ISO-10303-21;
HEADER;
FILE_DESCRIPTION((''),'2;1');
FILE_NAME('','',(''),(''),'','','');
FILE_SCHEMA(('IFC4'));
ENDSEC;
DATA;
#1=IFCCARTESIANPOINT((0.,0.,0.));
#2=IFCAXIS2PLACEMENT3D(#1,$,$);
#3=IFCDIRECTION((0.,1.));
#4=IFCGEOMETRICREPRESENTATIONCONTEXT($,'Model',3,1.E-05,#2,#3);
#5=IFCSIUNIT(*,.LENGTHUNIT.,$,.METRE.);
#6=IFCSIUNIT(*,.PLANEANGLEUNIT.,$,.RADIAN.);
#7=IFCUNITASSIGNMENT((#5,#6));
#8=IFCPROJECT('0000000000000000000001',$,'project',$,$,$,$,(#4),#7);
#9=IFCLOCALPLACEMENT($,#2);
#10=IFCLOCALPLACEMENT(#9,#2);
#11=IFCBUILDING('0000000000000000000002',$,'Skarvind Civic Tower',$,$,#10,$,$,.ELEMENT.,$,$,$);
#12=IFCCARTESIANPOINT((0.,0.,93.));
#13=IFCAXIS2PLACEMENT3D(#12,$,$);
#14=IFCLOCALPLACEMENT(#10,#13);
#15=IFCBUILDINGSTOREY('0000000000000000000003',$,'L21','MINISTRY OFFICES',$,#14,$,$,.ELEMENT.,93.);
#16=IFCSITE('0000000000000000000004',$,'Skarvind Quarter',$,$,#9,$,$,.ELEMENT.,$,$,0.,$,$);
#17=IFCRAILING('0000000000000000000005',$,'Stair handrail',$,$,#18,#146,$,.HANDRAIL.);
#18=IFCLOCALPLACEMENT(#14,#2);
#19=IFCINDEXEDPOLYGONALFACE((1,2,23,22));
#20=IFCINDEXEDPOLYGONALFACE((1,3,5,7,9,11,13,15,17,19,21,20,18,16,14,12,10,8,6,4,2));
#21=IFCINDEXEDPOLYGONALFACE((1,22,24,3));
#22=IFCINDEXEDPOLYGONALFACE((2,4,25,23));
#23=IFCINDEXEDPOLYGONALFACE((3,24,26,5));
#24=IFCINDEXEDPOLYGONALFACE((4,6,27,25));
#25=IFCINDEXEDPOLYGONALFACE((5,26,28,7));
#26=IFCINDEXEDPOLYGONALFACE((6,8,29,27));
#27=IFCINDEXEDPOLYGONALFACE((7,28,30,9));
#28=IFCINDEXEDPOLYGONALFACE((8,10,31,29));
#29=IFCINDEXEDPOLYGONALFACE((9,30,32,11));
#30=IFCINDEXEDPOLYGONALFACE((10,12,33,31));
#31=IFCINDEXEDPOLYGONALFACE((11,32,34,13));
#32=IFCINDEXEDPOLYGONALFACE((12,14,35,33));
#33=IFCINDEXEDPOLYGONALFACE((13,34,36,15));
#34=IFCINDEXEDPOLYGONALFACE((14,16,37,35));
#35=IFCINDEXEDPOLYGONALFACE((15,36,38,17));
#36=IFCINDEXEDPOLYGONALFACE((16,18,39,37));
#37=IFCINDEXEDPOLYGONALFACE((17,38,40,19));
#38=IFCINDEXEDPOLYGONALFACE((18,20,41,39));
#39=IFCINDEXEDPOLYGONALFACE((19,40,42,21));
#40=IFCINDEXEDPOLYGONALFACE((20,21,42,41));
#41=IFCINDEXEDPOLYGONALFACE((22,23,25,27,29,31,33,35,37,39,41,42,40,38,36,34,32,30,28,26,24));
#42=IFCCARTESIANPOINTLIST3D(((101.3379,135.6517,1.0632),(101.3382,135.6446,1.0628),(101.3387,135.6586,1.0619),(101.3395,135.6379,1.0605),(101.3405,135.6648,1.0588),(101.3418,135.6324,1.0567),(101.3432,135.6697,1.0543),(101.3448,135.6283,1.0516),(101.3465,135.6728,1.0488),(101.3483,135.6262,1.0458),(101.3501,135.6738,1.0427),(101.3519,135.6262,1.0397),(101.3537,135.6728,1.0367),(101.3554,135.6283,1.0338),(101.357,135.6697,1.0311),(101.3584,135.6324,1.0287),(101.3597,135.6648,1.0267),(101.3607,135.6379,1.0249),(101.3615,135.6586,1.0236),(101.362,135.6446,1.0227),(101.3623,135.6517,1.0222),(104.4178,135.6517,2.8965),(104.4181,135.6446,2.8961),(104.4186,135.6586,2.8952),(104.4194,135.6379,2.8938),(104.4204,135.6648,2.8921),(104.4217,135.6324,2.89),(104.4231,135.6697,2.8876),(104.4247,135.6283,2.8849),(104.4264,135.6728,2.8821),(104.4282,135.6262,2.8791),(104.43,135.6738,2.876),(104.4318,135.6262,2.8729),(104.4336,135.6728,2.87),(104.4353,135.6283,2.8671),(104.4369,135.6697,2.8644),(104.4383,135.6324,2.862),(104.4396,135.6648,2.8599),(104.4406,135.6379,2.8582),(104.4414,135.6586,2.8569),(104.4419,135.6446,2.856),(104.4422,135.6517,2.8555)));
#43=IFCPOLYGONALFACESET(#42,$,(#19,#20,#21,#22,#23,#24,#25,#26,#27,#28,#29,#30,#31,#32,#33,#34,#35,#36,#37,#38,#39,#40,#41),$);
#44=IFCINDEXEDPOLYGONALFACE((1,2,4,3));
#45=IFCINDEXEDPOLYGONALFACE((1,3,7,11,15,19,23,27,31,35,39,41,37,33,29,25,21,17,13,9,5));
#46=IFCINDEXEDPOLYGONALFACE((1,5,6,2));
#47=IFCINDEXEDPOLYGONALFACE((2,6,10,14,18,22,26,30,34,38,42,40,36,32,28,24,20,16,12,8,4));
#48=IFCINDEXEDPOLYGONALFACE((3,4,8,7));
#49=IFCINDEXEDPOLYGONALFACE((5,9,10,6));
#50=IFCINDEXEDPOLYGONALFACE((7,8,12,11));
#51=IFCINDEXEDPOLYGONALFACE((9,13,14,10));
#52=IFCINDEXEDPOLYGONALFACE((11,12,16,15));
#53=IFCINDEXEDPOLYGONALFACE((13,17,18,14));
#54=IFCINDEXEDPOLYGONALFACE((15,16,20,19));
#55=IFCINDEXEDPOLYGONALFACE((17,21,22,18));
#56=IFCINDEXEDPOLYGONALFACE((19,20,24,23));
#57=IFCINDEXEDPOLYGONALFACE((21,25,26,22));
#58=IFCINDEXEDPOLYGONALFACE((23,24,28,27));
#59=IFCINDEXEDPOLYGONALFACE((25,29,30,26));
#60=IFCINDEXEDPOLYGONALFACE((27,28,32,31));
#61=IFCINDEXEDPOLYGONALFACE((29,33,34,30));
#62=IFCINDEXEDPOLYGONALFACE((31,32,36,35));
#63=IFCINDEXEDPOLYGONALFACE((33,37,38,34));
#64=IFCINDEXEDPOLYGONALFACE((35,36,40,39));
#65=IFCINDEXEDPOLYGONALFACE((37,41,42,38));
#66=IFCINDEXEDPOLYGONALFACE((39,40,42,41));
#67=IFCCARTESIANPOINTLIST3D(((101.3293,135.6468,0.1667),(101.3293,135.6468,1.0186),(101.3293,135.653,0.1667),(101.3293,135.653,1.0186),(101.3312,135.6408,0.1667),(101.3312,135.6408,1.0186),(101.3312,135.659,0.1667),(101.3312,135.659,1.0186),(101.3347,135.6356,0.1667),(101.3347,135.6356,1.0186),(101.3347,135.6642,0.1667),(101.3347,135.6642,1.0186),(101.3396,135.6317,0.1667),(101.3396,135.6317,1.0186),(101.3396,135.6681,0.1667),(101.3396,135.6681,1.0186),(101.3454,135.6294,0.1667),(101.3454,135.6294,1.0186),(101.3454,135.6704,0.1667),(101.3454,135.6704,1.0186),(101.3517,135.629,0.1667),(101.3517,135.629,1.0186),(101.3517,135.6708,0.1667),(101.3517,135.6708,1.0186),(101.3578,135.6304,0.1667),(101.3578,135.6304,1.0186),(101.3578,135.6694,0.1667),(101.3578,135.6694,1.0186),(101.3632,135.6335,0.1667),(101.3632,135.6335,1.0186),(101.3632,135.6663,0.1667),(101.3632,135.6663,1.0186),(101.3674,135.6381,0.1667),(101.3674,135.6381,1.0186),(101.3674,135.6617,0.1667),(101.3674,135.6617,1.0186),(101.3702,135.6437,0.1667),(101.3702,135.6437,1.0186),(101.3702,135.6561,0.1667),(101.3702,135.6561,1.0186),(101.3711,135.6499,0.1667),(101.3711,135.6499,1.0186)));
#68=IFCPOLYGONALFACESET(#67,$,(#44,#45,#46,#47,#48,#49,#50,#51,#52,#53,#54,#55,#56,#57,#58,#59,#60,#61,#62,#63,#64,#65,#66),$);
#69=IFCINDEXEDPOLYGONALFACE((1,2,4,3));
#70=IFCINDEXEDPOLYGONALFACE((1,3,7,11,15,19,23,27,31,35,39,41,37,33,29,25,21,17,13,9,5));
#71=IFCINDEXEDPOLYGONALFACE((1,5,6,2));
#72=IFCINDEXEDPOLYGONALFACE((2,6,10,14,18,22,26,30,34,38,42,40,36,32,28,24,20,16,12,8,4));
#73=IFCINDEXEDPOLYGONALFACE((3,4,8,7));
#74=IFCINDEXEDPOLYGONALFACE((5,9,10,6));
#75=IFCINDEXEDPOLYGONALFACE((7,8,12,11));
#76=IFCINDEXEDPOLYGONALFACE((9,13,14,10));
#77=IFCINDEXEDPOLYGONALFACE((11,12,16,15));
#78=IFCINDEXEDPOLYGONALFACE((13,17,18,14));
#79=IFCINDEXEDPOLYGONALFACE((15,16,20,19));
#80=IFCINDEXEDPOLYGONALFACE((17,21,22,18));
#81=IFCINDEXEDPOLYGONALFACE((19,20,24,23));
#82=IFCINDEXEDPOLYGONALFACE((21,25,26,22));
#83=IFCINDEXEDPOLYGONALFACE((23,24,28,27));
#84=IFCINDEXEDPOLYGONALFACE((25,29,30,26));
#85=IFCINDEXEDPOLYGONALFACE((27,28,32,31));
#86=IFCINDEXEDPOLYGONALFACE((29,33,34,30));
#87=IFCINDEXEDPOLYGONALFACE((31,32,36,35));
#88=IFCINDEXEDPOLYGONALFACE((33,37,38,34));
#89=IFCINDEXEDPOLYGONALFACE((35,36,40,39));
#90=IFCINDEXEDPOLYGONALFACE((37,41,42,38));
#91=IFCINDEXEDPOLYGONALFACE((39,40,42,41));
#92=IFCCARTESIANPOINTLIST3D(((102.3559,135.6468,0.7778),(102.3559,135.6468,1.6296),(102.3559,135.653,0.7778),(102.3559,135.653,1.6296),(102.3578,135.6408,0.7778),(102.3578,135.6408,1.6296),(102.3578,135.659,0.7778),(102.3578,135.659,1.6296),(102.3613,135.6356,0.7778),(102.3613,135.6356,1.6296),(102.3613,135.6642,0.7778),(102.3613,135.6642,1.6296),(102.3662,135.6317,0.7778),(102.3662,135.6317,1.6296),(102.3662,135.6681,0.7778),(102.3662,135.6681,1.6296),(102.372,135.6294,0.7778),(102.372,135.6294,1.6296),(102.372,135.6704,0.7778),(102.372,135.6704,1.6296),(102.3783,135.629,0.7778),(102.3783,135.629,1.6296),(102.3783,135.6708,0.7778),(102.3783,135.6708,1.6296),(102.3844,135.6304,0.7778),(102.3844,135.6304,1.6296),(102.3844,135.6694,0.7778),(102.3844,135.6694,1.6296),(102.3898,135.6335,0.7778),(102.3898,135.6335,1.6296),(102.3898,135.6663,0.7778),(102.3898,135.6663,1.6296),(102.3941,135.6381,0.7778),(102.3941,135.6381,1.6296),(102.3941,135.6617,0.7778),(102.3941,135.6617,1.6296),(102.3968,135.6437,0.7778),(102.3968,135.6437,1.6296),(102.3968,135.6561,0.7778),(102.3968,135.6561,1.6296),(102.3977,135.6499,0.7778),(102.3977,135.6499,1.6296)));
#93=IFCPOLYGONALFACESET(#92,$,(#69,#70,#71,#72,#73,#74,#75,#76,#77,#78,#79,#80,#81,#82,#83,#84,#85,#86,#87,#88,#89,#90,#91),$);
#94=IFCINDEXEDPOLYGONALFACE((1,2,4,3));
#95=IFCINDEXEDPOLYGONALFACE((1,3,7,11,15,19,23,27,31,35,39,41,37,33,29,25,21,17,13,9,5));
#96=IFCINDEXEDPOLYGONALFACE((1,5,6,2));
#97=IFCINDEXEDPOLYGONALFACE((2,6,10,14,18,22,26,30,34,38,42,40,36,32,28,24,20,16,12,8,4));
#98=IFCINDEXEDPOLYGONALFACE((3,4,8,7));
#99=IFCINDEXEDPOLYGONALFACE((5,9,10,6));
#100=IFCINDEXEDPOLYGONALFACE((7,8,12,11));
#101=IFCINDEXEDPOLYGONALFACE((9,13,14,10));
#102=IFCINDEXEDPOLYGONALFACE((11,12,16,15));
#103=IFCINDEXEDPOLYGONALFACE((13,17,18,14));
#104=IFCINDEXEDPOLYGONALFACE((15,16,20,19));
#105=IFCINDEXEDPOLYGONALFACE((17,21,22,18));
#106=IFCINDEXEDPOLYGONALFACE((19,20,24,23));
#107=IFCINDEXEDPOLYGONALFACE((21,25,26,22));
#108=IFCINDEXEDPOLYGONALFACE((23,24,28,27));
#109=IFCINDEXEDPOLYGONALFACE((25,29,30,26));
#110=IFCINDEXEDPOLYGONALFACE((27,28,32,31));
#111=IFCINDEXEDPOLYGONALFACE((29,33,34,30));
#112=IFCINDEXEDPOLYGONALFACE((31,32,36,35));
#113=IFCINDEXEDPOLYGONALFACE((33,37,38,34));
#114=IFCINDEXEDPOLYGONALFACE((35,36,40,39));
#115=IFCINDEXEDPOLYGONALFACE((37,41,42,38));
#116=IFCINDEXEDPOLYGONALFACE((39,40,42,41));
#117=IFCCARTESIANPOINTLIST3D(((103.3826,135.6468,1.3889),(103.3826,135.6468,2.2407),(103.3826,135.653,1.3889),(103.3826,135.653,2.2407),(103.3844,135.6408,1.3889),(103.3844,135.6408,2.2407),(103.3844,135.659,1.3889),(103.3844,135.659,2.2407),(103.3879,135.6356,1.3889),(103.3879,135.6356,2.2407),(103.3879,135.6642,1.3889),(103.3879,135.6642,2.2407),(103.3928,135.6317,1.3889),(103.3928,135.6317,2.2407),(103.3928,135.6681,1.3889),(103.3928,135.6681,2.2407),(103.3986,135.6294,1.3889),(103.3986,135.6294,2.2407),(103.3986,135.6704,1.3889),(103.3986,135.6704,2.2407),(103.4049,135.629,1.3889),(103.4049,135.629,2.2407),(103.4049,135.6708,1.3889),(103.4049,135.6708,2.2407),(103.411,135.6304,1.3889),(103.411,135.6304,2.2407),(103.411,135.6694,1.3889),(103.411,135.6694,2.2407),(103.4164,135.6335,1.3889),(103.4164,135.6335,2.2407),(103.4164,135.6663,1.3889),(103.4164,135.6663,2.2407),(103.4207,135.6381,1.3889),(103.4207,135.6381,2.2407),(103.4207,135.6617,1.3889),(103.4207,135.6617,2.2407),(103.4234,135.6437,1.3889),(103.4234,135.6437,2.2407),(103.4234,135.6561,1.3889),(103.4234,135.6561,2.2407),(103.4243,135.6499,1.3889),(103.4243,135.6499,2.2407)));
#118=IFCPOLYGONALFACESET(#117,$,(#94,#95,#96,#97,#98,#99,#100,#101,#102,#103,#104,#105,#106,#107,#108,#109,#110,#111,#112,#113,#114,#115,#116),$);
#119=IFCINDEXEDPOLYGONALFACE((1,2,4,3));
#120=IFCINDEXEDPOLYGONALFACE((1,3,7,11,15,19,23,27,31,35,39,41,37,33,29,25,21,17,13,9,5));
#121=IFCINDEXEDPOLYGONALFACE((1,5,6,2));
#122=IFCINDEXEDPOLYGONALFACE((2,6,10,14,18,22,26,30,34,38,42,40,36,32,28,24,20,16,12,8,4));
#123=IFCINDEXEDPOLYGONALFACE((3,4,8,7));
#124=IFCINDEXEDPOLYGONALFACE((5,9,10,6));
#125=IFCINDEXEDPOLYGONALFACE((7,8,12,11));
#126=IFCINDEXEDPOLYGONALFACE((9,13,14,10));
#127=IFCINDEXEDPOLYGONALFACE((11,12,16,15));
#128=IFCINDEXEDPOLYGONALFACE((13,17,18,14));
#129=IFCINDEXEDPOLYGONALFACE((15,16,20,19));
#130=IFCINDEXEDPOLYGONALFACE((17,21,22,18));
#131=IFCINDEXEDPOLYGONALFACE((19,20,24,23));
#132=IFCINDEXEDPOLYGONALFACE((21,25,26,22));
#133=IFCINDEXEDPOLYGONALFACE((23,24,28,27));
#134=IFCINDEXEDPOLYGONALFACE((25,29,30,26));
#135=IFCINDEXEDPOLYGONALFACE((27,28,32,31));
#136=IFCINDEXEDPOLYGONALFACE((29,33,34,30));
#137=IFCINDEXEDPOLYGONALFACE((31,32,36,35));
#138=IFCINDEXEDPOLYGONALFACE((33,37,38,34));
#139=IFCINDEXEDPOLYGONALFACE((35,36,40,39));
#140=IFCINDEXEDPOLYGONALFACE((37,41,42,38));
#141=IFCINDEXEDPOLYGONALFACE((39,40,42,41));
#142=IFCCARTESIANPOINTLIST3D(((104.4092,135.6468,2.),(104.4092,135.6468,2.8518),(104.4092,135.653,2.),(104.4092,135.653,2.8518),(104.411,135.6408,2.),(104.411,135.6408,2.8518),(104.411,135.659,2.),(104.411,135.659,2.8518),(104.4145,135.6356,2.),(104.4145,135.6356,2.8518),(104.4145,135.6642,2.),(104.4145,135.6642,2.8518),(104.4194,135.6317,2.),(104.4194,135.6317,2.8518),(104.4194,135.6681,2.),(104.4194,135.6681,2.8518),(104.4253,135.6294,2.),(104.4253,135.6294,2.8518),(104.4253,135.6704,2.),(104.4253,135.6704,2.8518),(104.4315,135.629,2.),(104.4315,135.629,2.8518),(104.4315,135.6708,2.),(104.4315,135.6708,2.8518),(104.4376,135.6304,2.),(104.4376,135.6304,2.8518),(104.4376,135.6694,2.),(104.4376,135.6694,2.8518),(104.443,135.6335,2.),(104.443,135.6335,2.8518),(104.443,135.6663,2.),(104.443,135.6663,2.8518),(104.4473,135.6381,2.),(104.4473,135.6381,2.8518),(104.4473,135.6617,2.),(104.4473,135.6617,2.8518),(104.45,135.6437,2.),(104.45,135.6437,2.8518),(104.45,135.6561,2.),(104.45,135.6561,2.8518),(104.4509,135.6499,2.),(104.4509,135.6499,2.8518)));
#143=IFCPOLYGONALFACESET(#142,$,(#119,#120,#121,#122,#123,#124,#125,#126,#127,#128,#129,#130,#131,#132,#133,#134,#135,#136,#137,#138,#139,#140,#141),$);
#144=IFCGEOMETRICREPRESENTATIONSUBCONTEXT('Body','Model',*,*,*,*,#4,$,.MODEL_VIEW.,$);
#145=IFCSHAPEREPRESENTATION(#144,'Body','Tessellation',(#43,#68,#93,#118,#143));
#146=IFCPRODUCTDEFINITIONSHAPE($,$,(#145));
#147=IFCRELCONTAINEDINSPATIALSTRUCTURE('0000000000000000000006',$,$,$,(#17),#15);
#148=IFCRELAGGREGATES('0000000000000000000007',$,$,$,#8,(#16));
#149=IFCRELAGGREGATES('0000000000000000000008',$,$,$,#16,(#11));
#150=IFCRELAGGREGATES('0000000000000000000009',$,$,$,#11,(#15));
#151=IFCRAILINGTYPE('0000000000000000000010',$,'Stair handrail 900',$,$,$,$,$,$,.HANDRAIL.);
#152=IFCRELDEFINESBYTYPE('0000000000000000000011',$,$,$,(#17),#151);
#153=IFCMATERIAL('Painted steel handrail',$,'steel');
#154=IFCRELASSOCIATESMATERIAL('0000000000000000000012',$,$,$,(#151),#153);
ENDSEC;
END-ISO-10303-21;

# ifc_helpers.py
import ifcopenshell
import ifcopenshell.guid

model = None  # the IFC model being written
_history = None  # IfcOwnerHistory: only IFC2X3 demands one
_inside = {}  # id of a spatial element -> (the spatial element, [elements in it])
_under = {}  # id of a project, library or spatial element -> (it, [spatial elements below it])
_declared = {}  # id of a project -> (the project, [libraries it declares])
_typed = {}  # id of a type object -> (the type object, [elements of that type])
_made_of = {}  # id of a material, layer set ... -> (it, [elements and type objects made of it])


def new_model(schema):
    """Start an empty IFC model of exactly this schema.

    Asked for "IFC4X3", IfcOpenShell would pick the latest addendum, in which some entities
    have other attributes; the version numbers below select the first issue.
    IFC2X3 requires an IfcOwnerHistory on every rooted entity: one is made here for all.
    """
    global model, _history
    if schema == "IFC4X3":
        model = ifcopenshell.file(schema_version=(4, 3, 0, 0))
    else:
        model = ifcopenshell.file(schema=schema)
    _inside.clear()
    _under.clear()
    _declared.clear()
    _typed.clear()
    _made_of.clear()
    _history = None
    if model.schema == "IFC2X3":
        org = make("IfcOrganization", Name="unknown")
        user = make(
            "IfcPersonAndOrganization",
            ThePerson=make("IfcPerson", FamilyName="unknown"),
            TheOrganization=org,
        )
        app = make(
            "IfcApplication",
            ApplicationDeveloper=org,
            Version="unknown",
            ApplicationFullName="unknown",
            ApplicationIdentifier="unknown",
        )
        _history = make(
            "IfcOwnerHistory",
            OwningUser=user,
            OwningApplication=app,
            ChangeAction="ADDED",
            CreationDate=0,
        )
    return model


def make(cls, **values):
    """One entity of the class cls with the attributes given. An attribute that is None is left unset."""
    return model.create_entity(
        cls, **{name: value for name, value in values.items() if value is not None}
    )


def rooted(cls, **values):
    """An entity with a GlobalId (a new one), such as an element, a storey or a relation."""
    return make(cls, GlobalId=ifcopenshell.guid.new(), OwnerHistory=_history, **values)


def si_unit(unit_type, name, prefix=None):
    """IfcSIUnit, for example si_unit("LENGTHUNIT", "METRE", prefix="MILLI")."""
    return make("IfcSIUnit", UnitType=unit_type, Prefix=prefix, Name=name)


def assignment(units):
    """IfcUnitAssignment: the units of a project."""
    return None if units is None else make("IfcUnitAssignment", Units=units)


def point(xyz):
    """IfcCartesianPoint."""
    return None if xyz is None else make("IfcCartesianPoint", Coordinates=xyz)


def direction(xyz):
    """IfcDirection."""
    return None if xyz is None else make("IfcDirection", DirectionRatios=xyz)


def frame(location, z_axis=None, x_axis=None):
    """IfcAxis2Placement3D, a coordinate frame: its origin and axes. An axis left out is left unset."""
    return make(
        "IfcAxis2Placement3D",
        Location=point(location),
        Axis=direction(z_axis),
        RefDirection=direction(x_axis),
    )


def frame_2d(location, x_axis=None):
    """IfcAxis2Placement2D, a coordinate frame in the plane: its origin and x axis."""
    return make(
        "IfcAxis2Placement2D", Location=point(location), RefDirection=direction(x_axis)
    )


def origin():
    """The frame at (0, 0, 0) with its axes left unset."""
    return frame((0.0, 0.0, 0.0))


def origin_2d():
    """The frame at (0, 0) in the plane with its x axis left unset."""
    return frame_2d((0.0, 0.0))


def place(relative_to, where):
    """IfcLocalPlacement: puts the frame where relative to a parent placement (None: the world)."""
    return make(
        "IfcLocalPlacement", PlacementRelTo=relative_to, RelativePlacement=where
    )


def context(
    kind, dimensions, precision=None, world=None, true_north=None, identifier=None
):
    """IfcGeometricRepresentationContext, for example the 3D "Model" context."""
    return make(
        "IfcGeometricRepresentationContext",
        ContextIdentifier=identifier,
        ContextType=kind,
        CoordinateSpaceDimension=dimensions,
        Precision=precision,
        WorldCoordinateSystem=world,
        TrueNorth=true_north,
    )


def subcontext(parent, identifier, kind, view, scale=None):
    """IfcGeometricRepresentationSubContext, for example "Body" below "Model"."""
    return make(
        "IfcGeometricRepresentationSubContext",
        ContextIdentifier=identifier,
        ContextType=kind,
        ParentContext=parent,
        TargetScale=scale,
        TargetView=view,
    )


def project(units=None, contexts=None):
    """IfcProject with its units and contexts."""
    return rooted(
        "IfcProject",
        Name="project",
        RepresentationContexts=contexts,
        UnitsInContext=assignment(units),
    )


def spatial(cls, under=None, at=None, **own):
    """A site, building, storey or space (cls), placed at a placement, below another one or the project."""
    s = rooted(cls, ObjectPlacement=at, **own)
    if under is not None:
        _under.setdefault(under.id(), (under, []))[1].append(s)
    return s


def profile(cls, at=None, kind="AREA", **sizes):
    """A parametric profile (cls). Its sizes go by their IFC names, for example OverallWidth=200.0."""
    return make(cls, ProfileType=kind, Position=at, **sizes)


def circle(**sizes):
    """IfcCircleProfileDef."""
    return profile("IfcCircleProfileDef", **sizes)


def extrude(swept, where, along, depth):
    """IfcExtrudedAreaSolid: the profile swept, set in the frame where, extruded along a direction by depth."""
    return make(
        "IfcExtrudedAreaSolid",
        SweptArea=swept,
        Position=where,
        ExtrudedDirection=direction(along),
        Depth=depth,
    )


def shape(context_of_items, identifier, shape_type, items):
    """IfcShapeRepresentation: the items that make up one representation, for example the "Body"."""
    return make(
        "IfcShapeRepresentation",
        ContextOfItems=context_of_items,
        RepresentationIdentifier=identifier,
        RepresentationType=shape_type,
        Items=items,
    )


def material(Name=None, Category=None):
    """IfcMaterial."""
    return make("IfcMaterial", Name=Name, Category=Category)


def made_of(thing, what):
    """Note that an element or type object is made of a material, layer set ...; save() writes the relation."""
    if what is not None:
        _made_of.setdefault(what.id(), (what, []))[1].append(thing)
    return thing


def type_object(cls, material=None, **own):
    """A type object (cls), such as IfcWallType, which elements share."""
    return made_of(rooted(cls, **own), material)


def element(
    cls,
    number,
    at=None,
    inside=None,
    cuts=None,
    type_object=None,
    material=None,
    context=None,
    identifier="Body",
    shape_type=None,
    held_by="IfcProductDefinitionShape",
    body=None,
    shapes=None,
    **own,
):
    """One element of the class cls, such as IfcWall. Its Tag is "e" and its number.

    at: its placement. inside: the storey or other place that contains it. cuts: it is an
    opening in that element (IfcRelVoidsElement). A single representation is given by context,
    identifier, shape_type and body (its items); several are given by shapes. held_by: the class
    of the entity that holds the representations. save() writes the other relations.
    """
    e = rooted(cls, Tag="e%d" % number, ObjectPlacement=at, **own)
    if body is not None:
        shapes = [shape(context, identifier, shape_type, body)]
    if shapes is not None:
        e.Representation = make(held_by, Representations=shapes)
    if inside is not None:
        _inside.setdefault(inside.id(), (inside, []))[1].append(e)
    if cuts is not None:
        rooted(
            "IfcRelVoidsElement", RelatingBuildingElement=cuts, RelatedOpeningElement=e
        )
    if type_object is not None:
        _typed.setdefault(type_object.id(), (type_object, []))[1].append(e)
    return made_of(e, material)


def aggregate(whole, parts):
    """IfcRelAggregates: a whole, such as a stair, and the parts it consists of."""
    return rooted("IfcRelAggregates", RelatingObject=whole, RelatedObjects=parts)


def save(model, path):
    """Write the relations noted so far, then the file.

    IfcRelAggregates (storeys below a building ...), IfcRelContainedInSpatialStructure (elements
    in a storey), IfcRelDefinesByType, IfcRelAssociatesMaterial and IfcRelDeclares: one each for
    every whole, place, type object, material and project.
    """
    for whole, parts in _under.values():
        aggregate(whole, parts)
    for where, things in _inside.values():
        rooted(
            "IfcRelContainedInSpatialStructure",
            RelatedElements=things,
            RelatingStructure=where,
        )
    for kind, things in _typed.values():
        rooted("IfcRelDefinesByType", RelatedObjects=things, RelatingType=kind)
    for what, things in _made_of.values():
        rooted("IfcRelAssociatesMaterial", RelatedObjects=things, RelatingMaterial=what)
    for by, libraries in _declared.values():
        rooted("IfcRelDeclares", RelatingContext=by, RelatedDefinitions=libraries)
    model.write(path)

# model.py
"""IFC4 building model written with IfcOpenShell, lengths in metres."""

from ifc_helpers import new_model, si_unit, direction, frame, origin, origin_2d, place, context, subcontext, project, spatial, circle, extrude, material, type_object, element, save


model = new_model("IFC4")

# Units and contexts
model_context = context("Model", 3, precision=1e-05, world=origin(), true_north=direction((0.0, 1.0)))
body_context = subcontext(model_context, "Body", "Model", "MODEL_VIEW")
ifc_project = project(units=[si_unit("LENGTHUNIT", "METRE"), si_unit("PLANEANGLEUNIT", "RADIAN")], contexts=[model_context])

# Site, building, storey
site_placement = place(None, origin())
site = spatial("IfcSite", under=ifc_project, at=site_placement, Name="Skarvind Quarter", CompositionType="ELEMENT", RefElevation=0.0)
building_placement = place(site_placement, origin())
building = spatial("IfcBuilding", under=site, at=building_placement, Name="Skarvind Civic Tower", CompositionType="ELEMENT")
storey_placement = place(building_placement, frame((0.0, 0.0, 93.0)))
storey = spatial("IfcBuildingStorey", under=building, at=storey_placement, Name="L21", Description="MINISTRY OFFICES", CompositionType="ELEMENT", Elevation=93.0)

# Railing
ifc_material_1 = material(Name="Painted steel handrail", Category="steel")
railing_type = type_object("IfcRailingType", Name="Stair handrail 900", PredefinedType="HANDRAIL", material=ifc_material_1)
railing_1_placement = place(storey_placement, frame((101.3501, 135.6499, 0.1667)))
element("IfcRailing", 1, at=railing_1_placement, inside=storey, type_object=railing_type, Name="Stair handrail", PredefinedType="HANDRAIL", context=body_context, shape_type="SweptSolid", body=[
    extrude(circle(Radius=0.0239, at=origin_2d()), frame((0.0, 0.0, 0.876), z_axis=(0.859291, 0.0, 0.511487), x_axis=(0.0, 1.0, 0.0)), (0.0, 0.0, 1.0), 3.5842),
    extrude(circle(Radius=0.021, at=origin_2d()), origin(), (0.0, 0.0, 1.0), 0.8518),
    extrude(circle(Radius=0.021, at=origin_2d()), frame((1.0266, 0.0, 0.6111)), (0.0, 0.0, 1.0), 0.8518),
    extrude(circle(Radius=0.021, at=origin_2d()), frame((2.0532, 0.0, 1.2222)), (0.0, 0.0, 1.0), 0.8518),
    extrude(circle(Radius=0.021, at=origin_2d()), frame((3.0798, 0.0, 1.8333)), (0.0, 0.0, 1.0), 0.8518),
])

save(model, "model.ifc")
